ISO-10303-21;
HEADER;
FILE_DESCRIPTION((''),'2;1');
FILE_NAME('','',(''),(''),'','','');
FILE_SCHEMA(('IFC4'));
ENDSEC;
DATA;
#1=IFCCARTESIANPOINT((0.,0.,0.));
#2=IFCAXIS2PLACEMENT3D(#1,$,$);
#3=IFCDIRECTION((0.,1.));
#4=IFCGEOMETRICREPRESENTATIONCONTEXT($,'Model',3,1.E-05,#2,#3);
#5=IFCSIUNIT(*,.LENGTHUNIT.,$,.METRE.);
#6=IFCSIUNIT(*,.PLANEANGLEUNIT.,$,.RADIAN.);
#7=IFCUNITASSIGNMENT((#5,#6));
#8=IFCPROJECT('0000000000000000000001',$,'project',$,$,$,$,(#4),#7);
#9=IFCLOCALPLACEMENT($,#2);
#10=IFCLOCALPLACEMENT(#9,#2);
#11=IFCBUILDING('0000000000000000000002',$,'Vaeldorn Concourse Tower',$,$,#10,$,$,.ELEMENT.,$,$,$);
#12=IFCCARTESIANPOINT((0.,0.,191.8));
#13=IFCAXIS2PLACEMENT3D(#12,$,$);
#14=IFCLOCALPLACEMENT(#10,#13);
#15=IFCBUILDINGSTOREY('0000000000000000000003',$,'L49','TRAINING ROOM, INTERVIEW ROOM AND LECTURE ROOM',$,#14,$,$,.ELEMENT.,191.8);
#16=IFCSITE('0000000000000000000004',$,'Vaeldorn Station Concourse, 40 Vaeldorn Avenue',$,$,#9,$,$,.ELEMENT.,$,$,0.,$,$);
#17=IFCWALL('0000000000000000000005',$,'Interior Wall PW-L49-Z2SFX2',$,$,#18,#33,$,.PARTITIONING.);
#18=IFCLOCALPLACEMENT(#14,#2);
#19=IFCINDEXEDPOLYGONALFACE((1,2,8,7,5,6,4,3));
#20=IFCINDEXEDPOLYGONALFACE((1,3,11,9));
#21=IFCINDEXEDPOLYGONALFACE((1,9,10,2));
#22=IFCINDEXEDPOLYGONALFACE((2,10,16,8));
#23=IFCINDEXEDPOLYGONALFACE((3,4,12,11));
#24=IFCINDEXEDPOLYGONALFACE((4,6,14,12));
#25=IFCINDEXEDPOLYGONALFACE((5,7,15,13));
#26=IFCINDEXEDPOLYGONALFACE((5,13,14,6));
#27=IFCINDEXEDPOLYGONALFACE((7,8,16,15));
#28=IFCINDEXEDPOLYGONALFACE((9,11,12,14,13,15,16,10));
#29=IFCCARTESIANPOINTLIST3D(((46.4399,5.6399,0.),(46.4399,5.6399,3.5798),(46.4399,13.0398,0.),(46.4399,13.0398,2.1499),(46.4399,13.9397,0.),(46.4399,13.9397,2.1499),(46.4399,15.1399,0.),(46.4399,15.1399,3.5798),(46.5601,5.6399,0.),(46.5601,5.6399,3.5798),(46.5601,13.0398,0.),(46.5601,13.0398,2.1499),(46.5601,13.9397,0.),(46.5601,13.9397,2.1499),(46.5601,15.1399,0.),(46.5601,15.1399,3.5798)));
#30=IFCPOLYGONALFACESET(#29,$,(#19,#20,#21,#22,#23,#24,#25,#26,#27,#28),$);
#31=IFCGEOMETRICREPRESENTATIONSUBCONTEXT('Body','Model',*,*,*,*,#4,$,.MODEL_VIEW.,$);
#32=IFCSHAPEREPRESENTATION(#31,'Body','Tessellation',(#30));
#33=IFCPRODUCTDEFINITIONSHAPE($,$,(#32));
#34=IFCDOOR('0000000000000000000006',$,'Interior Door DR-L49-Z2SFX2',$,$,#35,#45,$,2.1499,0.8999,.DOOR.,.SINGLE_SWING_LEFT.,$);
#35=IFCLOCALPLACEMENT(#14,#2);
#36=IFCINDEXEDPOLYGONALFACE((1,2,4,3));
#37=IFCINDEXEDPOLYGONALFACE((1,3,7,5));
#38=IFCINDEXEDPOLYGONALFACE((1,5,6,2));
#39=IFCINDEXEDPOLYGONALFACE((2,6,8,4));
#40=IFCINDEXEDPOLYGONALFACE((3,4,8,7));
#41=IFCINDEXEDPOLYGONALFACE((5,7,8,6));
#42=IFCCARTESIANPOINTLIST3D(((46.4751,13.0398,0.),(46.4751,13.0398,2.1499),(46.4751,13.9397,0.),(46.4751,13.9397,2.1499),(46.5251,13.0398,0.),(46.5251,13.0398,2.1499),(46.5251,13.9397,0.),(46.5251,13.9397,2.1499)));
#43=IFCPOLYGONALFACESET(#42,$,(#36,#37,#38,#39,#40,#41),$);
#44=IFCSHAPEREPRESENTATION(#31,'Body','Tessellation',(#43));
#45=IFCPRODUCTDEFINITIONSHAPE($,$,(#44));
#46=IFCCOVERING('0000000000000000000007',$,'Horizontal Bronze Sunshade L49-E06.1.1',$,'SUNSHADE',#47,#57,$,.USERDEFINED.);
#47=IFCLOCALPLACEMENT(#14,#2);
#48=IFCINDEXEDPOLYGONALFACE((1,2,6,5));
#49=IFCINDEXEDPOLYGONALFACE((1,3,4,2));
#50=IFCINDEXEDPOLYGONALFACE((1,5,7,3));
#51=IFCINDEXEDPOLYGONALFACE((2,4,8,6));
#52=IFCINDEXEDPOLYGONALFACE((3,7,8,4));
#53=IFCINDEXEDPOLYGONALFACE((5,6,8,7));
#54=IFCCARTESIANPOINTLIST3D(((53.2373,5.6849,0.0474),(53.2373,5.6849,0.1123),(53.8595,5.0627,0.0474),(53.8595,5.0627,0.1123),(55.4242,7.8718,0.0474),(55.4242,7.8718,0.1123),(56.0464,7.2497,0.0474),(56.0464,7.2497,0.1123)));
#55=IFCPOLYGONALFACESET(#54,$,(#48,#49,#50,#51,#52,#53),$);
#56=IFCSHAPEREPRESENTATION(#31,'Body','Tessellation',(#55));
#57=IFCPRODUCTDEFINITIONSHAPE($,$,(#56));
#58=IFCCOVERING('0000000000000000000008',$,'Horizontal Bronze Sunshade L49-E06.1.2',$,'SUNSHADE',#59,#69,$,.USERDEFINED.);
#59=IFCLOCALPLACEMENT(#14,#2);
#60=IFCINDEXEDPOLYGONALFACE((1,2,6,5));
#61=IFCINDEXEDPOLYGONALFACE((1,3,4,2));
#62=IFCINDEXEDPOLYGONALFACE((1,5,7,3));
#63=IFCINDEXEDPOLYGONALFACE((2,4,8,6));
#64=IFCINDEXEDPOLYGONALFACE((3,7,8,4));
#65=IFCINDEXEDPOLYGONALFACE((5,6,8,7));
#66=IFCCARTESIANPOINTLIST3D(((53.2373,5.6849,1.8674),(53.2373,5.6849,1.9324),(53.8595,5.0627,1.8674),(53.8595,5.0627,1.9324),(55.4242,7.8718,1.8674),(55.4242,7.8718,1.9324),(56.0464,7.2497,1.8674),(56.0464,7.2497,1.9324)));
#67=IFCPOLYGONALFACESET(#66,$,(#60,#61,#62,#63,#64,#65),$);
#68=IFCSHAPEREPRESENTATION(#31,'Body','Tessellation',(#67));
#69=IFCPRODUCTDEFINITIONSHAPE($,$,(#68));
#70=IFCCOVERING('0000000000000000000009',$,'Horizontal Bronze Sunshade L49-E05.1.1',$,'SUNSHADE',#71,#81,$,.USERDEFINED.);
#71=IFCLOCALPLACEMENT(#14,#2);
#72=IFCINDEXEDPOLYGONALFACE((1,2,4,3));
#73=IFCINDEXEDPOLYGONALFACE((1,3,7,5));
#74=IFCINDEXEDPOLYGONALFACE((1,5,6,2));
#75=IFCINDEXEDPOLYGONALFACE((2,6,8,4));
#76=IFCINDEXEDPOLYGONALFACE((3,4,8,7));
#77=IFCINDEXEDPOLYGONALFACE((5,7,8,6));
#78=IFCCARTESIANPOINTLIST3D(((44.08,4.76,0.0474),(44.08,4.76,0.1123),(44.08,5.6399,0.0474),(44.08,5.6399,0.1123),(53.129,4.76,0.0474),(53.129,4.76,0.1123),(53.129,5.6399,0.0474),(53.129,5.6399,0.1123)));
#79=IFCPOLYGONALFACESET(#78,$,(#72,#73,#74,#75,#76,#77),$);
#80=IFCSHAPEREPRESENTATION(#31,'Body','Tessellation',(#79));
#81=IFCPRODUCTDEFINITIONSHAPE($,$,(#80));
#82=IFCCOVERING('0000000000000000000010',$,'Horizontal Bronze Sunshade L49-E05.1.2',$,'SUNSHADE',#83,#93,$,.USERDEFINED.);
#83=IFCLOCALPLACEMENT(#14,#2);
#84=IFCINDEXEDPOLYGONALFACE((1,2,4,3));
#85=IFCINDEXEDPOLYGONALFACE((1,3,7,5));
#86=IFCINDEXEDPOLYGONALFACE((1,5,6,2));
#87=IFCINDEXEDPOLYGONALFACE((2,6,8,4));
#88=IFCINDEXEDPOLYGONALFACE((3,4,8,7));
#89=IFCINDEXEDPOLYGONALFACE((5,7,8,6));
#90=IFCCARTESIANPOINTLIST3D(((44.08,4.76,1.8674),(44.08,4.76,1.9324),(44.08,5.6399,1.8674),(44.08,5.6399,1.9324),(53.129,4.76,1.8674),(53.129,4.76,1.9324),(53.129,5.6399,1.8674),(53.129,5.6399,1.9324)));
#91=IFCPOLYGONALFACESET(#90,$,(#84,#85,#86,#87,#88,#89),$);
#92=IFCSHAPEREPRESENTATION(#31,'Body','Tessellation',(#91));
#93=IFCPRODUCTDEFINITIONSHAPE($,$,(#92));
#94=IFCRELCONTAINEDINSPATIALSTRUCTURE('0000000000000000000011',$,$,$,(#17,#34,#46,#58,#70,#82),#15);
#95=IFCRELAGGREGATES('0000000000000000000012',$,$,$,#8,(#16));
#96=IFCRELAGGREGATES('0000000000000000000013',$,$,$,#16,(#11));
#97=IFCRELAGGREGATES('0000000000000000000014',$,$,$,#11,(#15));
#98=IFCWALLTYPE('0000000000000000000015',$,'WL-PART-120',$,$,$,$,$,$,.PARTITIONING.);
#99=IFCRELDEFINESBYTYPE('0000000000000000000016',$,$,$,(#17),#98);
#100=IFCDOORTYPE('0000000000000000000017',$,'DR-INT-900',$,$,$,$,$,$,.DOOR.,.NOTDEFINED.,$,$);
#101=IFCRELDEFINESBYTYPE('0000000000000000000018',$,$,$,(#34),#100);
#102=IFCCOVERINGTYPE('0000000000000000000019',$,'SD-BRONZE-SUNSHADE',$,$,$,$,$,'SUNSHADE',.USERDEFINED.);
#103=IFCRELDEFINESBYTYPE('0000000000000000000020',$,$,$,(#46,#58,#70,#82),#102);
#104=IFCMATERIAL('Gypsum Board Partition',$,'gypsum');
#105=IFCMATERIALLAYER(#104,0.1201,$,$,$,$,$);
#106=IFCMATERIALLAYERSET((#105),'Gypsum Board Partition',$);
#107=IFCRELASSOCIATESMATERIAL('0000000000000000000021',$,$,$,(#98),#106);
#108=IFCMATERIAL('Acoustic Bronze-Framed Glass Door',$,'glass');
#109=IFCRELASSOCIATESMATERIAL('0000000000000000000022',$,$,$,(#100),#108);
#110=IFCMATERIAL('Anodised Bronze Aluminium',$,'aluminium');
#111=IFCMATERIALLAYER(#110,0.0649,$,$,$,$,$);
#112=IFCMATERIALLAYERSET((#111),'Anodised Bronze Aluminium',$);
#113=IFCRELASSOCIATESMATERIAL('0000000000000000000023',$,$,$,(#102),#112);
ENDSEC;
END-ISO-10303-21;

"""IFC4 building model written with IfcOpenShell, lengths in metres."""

from ifc_helpers import new_model, si_unit, direction, frame, frame_2d, origin, origin_2d, place, context, subcontext, project, spatial, rectangle, extrude, source, transform, mapped, material, layer, layer_set, type_object, element, fill, save


model = new_model("IFC4")

# Units and contexts
model_context = context("Model", 3, precision=1e-05, world=origin(), true_north=direction((0.0, 1.0)))
body_context = subcontext(model_context, "Body", "Model", "MODEL_VIEW")
ifc_project = project(units=[si_unit("LENGTHUNIT", "METRE"), si_unit("PLANEANGLEUNIT", "RADIAN")], contexts=[model_context])

# Site, building, storey
site_placement = place(None, origin())
site = spatial("IfcSite", under=ifc_project, at=site_placement, Name="Vaeldorn Station Concourse, 40 Vaeldorn Avenue", CompositionType="ELEMENT", RefElevation=0.0)
building_placement = place(site_placement, origin())
building = spatial("IfcBuilding", under=site, at=building_placement, Name="Vaeldorn Concourse Tower", CompositionType="ELEMENT")
storey_placement = place(building_placement, frame((0.0, 0.0, 191.8)))
storey = spatial("IfcBuildingStorey", under=building, at=storey_placement, Name="L49", Description="TRAINING ROOM, INTERVIEW ROOM AND LECTURE ROOM", CompositionType="ELEMENT", Elevation=191.8)

# Shared definitions
ifc_material_1 = material(Name="Anodised Bronze Aluminium", Category="aluminium")

# Wall, opening, door
ifc_material_2 = material(Name="Gypsum Board Partition", Category="gypsum")
ifc_layer_1 = layer(ifc_material_2, 0.1201)
ifc_layer_set_1 = layer_set([ifc_layer_1], Name="Gypsum Board Partition")
wall_type = type_object("IfcWallType", Name="WL-PART-120", PredefinedType="PARTITIONING", material=ifc_layer_set_1)
wall_placement = place(storey_placement, frame((46.5, 5.6399, 0.0), z_axis=(0.0, 0.0, 1.0), x_axis=(0.0, 1.0, 0.0)))
wall = element("IfcWall", 1, at=wall_placement, inside=storey, type_object=wall_type, Name="Interior Wall PW-L49-Z2SFX2", PredefinedType="PARTITIONING", context=body_context, shape_type="SweptSolid", body=[
    extrude(rectangle(XDim=9.5, YDim=0.1201, at=frame_2d((4.75, 0.0))), origin(), (0.0, 0.0, 1.0), 3.5798),
])
opening_placement = place(wall_placement, frame((7.3999, 0.0, 0.0)))
opening = element("IfcOpeningElement", 2, at=opening_placement, cuts=wall, PredefinedType="OPENING", context=body_context, shape_type="SweptSolid", body=[
    extrude(rectangle(XDim=0.8999, YDim=2.1499, at=frame_2d((0.45, 1.075))), frame((0.0, 0.0701, 0.0), z_axis=(0.0, -1.0, 0.0), x_axis=(1.0, 0.0, 0.0)), (0.0, 0.0, 1.0), 0.1401),
])
ifc_material_3 = material(Name="Acoustic Bronze-Framed Glass Door", Category="glass")
door_type = type_object("IfcDoorType", Name="DR-INT-900", OperationType="NOTDEFINED", PredefinedType="DOOR", material=ifc_material_3)
shared_shape_1 = source(origin(), body_context, "Body", "SweptSolid", [
    extrude(rectangle(XDim=0.8999, YDim=2.1499, at=frame_2d((0.45, 1.075))), frame((0.0, 0.0249, 0.0), z_axis=(0.0, -1.0, 0.0), x_axis=(1.0, 0.0, 0.0)), (0.0, 0.0, 1.0), 0.05),
])
door_placement = place(opening_placement, origin())
door = element("IfcDoor", 3, at=door_placement, inside=storey, type_object=door_type, Name="Interior Door DR-L49-Z2SFX2", OperationType="SINGLE_SWING_LEFT", OverallHeight=2.1499, OverallWidth=0.8999, PredefinedType="DOOR", context=body_context, shape_type="MappedRepresentation", body=[
    mapped(shared_shape_1, transform((0.0, 0.0, 0.0), scale=1.0)),
])
fill(opening, door)

# Coverings
ifc_layer_2 = layer(ifc_material_1, 0.0649)
ifc_layer_set_2 = layer_set([ifc_layer_2], Name="Anodised Bronze Aluminium")
covering_type = type_object("IfcCoveringType", Name="SD-BRONZE-SUNSHADE", ElementType="SUNSHADE", PredefinedType="USERDEFINED", material=ifc_layer_set_2)
shared_shape_2 = source(origin(), body_context, "Body", "SweptSolid", [
    extrude(rectangle(XDim=3.0928, YDim=0.8799, at=origin_2d()), origin(), (0.0, 0.0, 1.0), 0.0649),
])
for number, where, z_axis, x_axis, name in (
    (4, (54.6418, 6.4673, 0.0474), (0.0, 0.0, 1.0), (0.707107, 0.707107, 0.0), "Horizontal Bronze Sunshade L49-E06.1.1"),
    (5, (54.6418, 6.4673, 1.8674), (0.0, 0.0, 1.0), (0.707107, 0.707107, 0.0), "Horizontal Bronze Sunshade L49-E06.1.2"),
):
    element("IfcCovering", number, at=place(storey_placement, frame(where, z_axis=z_axis, x_axis=x_axis)), inside=storey, type_object=covering_type, Name=name, ObjectType="SUNSHADE", PredefinedType="USERDEFINED", context=body_context, shape_type="MappedRepresentation", body=[
        mapped(shared_shape_2, transform((0.0, 0.0, 0.0), scale=1.0)),
    ])
shared_shape_3 = source(origin(), body_context, "Body", "SweptSolid", [
    extrude(rectangle(XDim=9.0491, YDim=0.8799, at=origin_2d()), origin(), (0.0, 0.0, 1.0), 0.0649),
])
for number, where, z_axis, x_axis, name in (
    (6, (48.6045, 5.2, 0.0474), (0.0, 0.0, 1.0), (1.0, 0.0, 0.0), "Horizontal Bronze Sunshade L49-E05.1.1"),
    (7, (48.6045, 5.2, 1.8674), (0.0, 0.0, 1.0), (1.0, 0.0, 0.0), "Horizontal Bronze Sunshade L49-E05.1.2"),
):
    element("IfcCovering", number, at=place(storey_placement, frame(where, z_axis=z_axis, x_axis=x_axis)), inside=storey, type_object=covering_type, Name=name, ObjectType="SUNSHADE", PredefinedType="USERDEFINED", context=body_context, shape_type="MappedRepresentation", body=[
        mapped(shared_shape_3, transform((0.0, 0.0, 0.0), scale=1.0)),
    ])

save(model, "model.ifc")
